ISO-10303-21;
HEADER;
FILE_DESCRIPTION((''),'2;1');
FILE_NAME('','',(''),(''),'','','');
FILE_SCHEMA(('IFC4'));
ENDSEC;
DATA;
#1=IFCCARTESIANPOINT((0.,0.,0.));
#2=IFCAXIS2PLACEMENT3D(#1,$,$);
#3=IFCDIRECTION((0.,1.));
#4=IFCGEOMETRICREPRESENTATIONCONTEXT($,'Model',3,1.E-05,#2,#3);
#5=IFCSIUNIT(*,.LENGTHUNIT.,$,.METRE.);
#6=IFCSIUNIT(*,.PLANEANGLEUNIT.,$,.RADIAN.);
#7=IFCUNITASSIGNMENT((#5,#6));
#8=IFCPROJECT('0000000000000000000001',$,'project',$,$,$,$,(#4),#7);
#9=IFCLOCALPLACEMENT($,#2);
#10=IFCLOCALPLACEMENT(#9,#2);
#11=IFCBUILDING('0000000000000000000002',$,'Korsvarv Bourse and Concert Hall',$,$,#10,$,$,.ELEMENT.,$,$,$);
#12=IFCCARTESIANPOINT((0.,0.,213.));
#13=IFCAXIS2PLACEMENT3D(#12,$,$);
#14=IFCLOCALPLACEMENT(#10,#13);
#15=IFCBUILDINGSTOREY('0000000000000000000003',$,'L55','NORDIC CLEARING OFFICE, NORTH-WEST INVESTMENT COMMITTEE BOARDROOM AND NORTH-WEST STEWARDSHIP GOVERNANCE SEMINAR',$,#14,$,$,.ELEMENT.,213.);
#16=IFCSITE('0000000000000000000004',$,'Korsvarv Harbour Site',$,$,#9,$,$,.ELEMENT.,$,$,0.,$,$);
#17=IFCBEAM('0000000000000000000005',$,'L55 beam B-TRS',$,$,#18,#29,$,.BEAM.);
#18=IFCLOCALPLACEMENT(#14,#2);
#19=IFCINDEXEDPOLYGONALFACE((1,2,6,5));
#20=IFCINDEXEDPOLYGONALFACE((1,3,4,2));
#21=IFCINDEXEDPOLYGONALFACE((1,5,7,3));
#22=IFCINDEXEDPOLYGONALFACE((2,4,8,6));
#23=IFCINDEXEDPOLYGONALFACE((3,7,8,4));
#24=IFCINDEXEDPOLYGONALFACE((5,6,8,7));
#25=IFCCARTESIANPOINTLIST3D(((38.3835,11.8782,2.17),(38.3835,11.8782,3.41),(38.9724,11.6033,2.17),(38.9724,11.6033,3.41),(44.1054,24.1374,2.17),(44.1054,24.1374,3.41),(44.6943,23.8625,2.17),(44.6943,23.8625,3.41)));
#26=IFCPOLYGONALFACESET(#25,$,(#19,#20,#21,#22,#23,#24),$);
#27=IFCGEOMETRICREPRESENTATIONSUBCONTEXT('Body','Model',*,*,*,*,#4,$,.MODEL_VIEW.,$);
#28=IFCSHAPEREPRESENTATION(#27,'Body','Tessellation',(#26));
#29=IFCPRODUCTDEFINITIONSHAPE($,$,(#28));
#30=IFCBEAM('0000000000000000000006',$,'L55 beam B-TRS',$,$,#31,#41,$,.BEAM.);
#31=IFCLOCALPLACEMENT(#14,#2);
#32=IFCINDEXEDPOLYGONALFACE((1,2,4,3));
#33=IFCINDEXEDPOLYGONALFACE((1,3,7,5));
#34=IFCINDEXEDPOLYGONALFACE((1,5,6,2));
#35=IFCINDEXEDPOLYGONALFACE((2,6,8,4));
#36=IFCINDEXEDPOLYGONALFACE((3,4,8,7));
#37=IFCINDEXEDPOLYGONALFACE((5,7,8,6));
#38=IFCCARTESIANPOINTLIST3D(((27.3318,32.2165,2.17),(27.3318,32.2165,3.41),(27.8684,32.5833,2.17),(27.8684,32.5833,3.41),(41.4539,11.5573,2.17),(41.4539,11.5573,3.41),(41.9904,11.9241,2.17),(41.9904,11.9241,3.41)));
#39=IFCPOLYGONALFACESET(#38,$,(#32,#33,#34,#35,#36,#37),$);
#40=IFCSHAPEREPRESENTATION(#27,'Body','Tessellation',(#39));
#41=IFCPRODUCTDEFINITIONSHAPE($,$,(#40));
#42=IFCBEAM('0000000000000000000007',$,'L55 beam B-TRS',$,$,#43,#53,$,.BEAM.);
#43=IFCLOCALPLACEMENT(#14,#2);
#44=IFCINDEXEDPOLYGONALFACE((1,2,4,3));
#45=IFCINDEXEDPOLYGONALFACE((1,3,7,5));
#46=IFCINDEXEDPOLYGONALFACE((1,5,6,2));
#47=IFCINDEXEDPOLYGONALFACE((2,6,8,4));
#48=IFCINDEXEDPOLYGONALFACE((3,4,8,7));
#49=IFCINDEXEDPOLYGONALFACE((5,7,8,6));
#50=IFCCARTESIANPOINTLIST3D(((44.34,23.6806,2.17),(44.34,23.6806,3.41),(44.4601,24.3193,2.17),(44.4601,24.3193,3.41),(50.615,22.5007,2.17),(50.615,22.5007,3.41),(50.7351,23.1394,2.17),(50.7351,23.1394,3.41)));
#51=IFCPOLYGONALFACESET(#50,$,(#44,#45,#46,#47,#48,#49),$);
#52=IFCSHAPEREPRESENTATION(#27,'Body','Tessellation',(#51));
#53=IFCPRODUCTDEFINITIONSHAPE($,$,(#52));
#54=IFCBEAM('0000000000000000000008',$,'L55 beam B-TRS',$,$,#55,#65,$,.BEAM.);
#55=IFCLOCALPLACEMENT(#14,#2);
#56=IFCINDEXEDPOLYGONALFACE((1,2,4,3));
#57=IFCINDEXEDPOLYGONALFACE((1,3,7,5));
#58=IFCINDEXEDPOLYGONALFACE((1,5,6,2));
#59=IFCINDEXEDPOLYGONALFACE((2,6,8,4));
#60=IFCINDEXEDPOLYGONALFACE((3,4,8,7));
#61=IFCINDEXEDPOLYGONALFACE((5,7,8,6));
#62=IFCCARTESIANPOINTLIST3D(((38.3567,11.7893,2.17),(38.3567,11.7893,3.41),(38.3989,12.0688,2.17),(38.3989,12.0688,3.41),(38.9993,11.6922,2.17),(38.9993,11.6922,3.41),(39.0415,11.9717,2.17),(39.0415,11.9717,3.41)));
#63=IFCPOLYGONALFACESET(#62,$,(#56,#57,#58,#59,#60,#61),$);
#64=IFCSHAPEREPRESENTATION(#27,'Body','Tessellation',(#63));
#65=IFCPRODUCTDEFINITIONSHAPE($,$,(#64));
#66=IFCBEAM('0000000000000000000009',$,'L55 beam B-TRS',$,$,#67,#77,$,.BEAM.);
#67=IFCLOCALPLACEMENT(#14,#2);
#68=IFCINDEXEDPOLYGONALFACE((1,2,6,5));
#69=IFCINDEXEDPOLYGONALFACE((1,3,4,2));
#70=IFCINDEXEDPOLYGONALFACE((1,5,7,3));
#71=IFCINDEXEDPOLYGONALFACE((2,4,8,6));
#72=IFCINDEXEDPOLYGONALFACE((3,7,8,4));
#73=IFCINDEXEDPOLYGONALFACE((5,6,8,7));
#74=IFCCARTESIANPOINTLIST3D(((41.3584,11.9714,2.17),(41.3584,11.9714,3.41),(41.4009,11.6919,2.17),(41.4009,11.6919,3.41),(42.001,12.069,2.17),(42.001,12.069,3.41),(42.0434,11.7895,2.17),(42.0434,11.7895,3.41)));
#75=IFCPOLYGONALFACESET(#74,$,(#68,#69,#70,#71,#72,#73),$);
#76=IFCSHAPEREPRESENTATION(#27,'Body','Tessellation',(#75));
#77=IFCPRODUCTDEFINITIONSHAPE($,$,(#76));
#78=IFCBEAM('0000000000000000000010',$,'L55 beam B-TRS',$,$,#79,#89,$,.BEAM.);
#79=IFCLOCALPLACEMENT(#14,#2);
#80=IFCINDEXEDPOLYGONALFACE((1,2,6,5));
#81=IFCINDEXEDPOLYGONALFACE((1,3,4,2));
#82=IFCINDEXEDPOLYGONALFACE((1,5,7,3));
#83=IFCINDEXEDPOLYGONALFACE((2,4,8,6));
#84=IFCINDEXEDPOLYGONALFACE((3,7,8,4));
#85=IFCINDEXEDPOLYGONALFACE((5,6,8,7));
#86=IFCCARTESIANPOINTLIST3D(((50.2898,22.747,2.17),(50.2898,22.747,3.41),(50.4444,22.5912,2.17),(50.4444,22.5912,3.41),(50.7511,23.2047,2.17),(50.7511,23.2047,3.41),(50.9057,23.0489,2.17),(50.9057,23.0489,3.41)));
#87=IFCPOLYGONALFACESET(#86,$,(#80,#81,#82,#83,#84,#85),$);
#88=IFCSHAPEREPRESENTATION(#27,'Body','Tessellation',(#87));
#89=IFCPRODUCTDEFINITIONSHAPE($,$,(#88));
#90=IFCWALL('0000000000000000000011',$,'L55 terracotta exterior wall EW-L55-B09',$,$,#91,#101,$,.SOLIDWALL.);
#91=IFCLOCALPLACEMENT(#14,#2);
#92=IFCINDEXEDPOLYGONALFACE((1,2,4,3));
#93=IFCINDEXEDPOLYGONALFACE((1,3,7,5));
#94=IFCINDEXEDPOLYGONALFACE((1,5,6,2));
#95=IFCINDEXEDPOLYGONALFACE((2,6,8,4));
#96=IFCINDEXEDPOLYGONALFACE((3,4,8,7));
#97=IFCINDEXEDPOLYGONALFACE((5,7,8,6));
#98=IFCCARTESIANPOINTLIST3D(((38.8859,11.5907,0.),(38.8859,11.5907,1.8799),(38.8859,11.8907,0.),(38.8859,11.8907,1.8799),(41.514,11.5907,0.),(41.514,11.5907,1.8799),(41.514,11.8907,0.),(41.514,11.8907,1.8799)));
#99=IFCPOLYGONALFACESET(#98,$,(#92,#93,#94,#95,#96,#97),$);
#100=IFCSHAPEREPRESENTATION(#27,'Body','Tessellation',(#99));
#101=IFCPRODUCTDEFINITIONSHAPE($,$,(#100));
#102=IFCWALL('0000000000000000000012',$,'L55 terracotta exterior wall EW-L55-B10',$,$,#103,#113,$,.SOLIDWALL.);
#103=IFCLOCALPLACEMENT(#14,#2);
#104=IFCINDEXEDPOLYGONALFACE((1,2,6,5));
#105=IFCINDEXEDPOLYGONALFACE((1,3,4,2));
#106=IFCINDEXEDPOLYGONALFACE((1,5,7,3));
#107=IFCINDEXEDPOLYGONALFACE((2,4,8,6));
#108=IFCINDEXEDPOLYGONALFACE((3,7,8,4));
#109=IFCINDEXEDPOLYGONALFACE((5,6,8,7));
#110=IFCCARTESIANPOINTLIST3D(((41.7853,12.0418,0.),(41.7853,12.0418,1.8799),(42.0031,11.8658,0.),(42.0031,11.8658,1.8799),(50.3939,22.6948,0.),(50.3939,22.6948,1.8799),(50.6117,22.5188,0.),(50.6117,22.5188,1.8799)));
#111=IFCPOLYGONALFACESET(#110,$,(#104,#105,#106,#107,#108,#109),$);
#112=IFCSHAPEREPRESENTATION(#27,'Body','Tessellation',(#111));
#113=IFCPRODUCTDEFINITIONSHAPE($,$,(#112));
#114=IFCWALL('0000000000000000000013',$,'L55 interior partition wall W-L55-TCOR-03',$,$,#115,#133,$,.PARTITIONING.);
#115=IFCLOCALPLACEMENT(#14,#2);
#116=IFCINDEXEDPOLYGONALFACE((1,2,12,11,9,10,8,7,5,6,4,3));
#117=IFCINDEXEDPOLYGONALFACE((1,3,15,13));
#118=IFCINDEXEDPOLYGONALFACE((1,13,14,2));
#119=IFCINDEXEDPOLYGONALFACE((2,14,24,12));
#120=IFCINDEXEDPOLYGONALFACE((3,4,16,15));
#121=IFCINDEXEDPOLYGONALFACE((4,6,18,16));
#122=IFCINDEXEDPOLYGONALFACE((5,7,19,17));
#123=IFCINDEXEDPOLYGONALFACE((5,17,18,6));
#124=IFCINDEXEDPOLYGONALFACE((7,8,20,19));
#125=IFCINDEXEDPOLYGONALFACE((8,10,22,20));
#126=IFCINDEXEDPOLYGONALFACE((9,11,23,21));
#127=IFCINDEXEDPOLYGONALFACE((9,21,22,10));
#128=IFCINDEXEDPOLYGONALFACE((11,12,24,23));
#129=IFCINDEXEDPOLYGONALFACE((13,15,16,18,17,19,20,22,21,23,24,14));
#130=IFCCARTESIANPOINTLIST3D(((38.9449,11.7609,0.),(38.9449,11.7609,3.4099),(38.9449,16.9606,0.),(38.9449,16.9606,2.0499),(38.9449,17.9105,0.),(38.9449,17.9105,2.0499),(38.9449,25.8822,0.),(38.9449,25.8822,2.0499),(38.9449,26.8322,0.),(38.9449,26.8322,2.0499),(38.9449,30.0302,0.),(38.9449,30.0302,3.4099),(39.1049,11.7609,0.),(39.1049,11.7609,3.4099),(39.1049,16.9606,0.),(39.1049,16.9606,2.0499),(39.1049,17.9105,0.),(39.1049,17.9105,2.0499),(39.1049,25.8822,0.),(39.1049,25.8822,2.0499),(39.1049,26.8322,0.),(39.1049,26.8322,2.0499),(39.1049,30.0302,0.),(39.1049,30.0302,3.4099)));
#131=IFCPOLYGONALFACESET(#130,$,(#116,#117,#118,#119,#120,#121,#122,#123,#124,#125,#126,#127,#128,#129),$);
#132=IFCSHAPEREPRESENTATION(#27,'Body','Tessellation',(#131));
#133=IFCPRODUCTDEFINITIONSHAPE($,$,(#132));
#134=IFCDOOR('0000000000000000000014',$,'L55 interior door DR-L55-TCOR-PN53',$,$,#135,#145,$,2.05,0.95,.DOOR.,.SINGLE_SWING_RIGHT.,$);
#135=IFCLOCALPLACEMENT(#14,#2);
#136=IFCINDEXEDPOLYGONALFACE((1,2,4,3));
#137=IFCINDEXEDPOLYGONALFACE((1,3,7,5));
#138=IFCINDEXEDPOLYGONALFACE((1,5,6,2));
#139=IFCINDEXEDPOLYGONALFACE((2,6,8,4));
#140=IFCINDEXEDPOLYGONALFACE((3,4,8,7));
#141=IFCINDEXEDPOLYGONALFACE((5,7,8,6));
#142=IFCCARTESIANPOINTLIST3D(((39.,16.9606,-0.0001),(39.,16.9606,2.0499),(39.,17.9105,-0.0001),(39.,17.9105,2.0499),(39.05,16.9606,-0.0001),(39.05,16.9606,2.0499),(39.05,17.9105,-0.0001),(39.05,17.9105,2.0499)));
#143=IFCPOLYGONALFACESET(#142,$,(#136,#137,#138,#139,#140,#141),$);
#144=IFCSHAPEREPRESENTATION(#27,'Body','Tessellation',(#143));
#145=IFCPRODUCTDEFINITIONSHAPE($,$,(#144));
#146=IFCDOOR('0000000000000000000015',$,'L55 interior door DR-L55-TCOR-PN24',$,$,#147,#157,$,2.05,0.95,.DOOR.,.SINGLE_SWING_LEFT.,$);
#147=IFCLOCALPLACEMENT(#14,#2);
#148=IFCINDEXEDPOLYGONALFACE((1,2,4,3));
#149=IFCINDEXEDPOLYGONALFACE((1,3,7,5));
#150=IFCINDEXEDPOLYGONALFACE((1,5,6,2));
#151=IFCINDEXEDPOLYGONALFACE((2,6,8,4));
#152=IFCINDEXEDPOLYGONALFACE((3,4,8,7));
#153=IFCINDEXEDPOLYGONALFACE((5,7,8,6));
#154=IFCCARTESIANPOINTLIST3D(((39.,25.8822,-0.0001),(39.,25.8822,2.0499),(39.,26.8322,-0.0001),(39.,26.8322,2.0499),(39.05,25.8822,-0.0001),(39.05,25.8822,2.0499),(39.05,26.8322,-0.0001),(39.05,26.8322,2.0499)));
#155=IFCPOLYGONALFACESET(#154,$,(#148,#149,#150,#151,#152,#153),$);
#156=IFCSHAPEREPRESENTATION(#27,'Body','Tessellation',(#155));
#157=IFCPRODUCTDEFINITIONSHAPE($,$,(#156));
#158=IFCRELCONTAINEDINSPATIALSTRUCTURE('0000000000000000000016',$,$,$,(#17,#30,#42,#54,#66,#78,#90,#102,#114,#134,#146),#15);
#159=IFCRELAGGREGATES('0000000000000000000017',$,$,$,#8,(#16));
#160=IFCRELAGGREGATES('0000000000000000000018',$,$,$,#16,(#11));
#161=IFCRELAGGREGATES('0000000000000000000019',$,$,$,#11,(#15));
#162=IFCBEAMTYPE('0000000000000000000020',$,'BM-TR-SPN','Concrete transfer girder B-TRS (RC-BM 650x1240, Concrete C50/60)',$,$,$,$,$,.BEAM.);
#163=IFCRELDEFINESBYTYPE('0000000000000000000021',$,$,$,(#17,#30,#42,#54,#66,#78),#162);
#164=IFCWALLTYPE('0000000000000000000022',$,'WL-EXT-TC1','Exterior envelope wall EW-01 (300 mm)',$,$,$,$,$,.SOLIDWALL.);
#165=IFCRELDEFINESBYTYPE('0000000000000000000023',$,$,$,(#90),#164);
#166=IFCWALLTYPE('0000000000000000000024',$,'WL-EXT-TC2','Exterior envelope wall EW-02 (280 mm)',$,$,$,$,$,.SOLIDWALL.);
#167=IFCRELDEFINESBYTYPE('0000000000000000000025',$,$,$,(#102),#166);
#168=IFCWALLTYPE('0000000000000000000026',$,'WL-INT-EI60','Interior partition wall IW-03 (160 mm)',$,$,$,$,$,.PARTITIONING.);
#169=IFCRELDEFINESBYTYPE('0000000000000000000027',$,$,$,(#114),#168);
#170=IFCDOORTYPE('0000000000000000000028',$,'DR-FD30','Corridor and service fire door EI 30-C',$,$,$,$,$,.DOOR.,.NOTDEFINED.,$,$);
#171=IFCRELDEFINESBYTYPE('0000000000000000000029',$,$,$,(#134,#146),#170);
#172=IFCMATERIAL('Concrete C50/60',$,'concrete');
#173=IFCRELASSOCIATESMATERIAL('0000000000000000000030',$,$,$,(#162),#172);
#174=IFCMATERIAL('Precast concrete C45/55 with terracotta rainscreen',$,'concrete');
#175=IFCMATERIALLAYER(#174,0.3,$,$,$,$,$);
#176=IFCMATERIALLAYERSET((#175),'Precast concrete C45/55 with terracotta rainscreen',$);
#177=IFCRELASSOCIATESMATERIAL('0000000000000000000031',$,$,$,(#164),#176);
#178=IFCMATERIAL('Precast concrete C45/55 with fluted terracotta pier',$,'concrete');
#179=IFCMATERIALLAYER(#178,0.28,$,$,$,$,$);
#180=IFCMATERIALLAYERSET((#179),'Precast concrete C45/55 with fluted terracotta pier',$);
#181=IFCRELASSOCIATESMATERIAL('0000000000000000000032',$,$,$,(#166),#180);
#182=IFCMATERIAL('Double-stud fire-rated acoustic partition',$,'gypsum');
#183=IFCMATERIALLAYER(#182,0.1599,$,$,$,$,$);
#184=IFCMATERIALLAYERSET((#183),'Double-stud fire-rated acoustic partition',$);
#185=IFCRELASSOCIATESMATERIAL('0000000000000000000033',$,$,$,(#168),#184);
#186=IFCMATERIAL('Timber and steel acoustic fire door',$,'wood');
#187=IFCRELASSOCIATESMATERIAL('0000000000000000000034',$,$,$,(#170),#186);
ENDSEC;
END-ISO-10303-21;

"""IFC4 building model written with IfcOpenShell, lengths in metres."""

from ifc_helpers import new_model, si_unit, direction, frame, frame_2d, origin, origin_2d, place, context, subcontext, project, spatial, rectangle, extrude, source, transform, mapped, material, layer, layer_set, material_profile, profile_set, type_object, element, fill, save


model = new_model("IFC4")

# Units and contexts
model_context = context("Model", 3, precision=1e-05, world=origin(), true_north=direction((0.0, 1.0)))
body_context = subcontext(model_context, "Body", "Model", "MODEL_VIEW")
ifc_project = project(units=[si_unit("LENGTHUNIT", "METRE"), si_unit("PLANEANGLEUNIT", "RADIAN")], contexts=[model_context])

# Site, building, storey
site_placement = place(None, origin())
site = spatial("IfcSite", under=ifc_project, at=site_placement, Name="Korsvarv Harbour Site", CompositionType="ELEMENT", RefElevation=0.0)
building_placement = place(site_placement, origin())
building = spatial("IfcBuilding", under=site, at=building_placement, Name="Korsvarv Bourse and Concert Hall", CompositionType="ELEMENT")
storey_placement = place(building_placement, frame((0.0, 0.0, 213.0)))
storey = spatial("IfcBuildingStorey", under=building, at=storey_placement, Name="L55", Description="NORDIC CLEARING OFFICE, NORTH-WEST INVESTMENT COMMITTEE BOARDROOM AND NORTH-WEST STEWARDSHIP GOVERNANCE SEMINAR", CompositionType="ELEMENT", Elevation=213.0)

# Beams
ifc_material_1 = material(Name="Concrete C50/60", Category="concrete")
ifc_material_profile_1 = material_profile(ifc_material_1, rectangle(XDim=0.6499, YDim=1.24, at=origin_2d()), Name="RC-BM 650x1240")
ifc_profile_set_1 = profile_set([ifc_material_profile_1], Name="Concrete C50/60")
beam_type_1 = type_object("IfcBeamType", Name="BM-TR-SPN", Description="Concrete transfer girder B-TRS (RC-BM 650x1240, Concrete C50/60)", PredefinedType="BEAM", material=ifc_profile_set_1)
shared_shape_1 = source(origin(), body_context, "Body", "SweptSolid", [
    extrude(rectangle(XDim=0.6499, YDim=1.24, at=origin_2d()), origin(), (0.0, 0.0, 1.0), 13.5288),
])
beam_1_placement = place(storey_placement, frame((38.678, 11.7407, 2.79), z_axis=(0.422942, 0.906157, 0.0), x_axis=(-0.906157, 0.422942, 0.0)))
element("IfcBeam", 1, at=beam_1_placement, inside=storey, type_object=beam_type_1, Name="L55 beam B-TRS", PredefinedType="BEAM", context=body_context, shape_type="MappedRepresentation", body=[
    mapped(shared_shape_1, transform((0.0, 0.0, 0.0), scale=1.0)),
])
shared_shape_2 = source(origin(), body_context, "Body", "SweptSolid", [
    extrude(rectangle(XDim=0.6499, YDim=1.24, at=origin_2d()), origin(), (0.0, 0.0, 1.0), 25.0247),
])
beam_2_placement = place(storey_placement, frame((41.7222, 11.7407, 2.79), z_axis=(-0.564326, 0.825552, 0.0), x_axis=(-0.825552, -0.564326, 0.0)))
element("IfcBeam", 2, at=beam_2_placement, inside=storey, type_object=beam_type_1, Name="L55 beam B-TRS", PredefinedType="BEAM", context=body_context, shape_type="MappedRepresentation", body=[
    mapped(shared_shape_2, transform((0.0, 0.0, 0.0), scale=1.0)),
])
shared_shape_3 = source(origin(), body_context, "Body", "SweptSolid", [
    extrude(rectangle(XDim=0.6499, YDim=1.24, at=origin_2d()), origin(), (0.0, 0.0, 1.0), 6.385),
])
beam_3_placement = place(storey_placement, frame((50.675, 22.8201, 2.79), z_axis=(-0.982777, 0.184794, 0.0), x_axis=(-0.184794, -0.982777, 0.0)))
element("IfcBeam", 3, at=beam_3_placement, inside=storey, type_object=beam_type_1, Name="L55 beam B-TRS", PredefinedType="BEAM", context=body_context, shape_type="MappedRepresentation", body=[
    mapped(shared_shape_3, transform((0.0, 0.0, 0.0), scale=1.0)),
])
shared_shape_4 = source(origin(), body_context, "Body", "SweptSolid", [
    extrude(rectangle(XDim=0.6499, YDim=1.24, at=origin_2d()), origin(), (0.0, 0.0, 1.0), 0.2827),
])
for number, where, z_axis, x_axis, name in (
    (4, (38.678, 11.7407, 2.79), (0.149396, 0.988777, 0.0), (-0.988777, 0.149396, 0.0), "L55 beam B-TRS"),
    (5, (41.7222, 11.7407, 2.79), (-0.15024, 0.98865, 0.0), (-0.98865, -0.15024, 0.0), "L55 beam B-TRS"),
):
    element("IfcBeam", number, at=place(storey_placement, frame(where, z_axis=z_axis, x_axis=x_axis)), inside=storey, type_object=beam_type_1, Name=name, PredefinedType="BEAM", context=body_context, shape_type="MappedRepresentation", body=[
        mapped(shared_shape_4, transform((0.0, 0.0, 0.0), scale=1.0)),
    ])
shared_shape_5 = source(origin(), body_context, "Body", "SweptSolid", [
    extrude(rectangle(XDim=0.6499, YDim=1.24, at=origin_2d()), origin(), (0.0, 0.0, 1.0), 0.2195),
])
beam_4_placement = place(storey_placement, frame((50.675, 22.8201, 2.79), z_axis=(-0.70432, 0.709883, 0.0), x_axis=(-0.709883, -0.70432, 0.0)))
element("IfcBeam", 6, at=beam_4_placement, inside=storey, type_object=beam_type_1, Name="L55 beam B-TRS", PredefinedType="BEAM", context=body_context, shape_type="MappedRepresentation", body=[
    mapped(shared_shape_5, transform((0.0, 0.0, 0.0), scale=1.0)),
])

# Walls
ifc_material_2 = material(Name="Precast concrete C45/55 with terracotta rainscreen", Category="concrete")
ifc_layer_1 = layer(ifc_material_2, 0.3)
ifc_layer_set_1 = layer_set([ifc_layer_1], Name="Precast concrete C45/55 with terracotta rainscreen")
wall_type_1 = type_object("IfcWallType", Name="WL-EXT-TC1", Description="Exterior envelope wall EW-01 (300 mm)", PredefinedType="SOLIDWALL", material=ifc_layer_set_1)
wall_1_placement = place(storey_placement, frame((38.886, 11.7407, 0.0), z_axis=(0.0, 0.0, 1.0), x_axis=(1.0, 0.0, 0.0)))
element("IfcWall", 7, at=wall_1_placement, inside=storey, type_object=wall_type_1, Name="L55 terracotta exterior wall EW-L55-B09", PredefinedType="SOLIDWALL", context=body_context, shape_type="SweptSolid", body=[
    extrude(rectangle(XDim=2.6282, YDim=0.3, at=frame_2d((1.314, 0.0))), origin(), (0.0, 0.0, 1.0), 1.8799),
])
ifc_material_3 = material(Name="Precast concrete C45/55 with fluted terracotta pier", Category="concrete")
ifc_layer_2 = layer(ifc_material_3, 0.28)
ifc_layer_set_2 = layer_set([ifc_layer_2], Name="Precast concrete C45/55 with fluted terracotta pier")
wall_type_2 = type_object("IfcWallType", Name="WL-EXT-TC2", Description="Exterior envelope wall EW-02 (280 mm)", PredefinedType="SOLIDWALL", material=ifc_layer_set_2)
wall_2_placement = place(storey_placement, frame((41.8943, 11.9539, 0.0), z_axis=(0.0, 0.0, 1.0), x_axis=(0.628524, 0.77779, 0.0)))
element("IfcWall", 8, at=wall_2_placement, inside=storey, type_object=wall_type_2, Name="L55 terracotta exterior wall EW-L55-B10", PredefinedType="SOLIDWALL", context=body_context, shape_type="SweptSolid", body=[
    extrude(rectangle(XDim=13.6965, YDim=0.28, at=frame_2d((6.8481, 0.0))), origin(), (0.0, 0.0, 1.0), 1.8799),
])

# Wall, openings, doors
ifc_material_4 = material(Name="Double-stud fire-rated acoustic partition", Category="gypsum")
ifc_layer_3 = layer(ifc_material_4, 0.1599)
ifc_layer_set_3 = layer_set([ifc_layer_3], Name="Double-stud fire-rated acoustic partition")
wall_type_3 = type_object("IfcWallType", Name="WL-INT-EI60", Description="Interior partition wall IW-03 (160 mm)", PredefinedType="PARTITIONING", material=ifc_layer_set_3)
wall_3_placement = place(storey_placement, frame((39.0249, 11.7607, 0.0), z_axis=(0.0, 0.0, 1.0), x_axis=(0.0, 1.0, 0.0)))
wall_3 = element("IfcWall", 9, at=wall_3_placement, inside=storey, type_object=wall_type_3, Name="L55 interior partition wall W-L55-TCOR-03", PredefinedType="PARTITIONING", context=body_context, shape_type="SweptSolid", body=[
    extrude(rectangle(XDim=18.2693, YDim=0.1599, at=frame_2d((9.1348, 0.0))), origin(), (0.0, 0.0, 1.0), 3.4099),
])
opening_1_placement = place(wall_3_placement, frame((5.1997, 0.0, 0.0)))
opening_1 = element("IfcOpeningElement", 10, at=opening_1_placement, cuts=wall_3, PredefinedType="OPENING", context=body_context, shape_type="SweptSolid", body=[
    extrude(rectangle(XDim=0.95, YDim=2.05, at=frame_2d((0.4751, 1.0249))), frame((0.0, 0.0898, 0.0), z_axis=(0.0, -1.0, 0.0), x_axis=(1.0, 0.0, 0.0)), (0.0, 0.0, 1.0), 0.1799),
])
opening_2_placement = place(wall_3_placement, frame((14.1213, 0.0, 0.0)))
opening_2 = element("IfcOpeningElement", 11, at=opening_2_placement, cuts=wall_3, PredefinedType="OPENING", context=body_context, shape_type="SweptSolid", body=[
    extrude(rectangle(XDim=0.95, YDim=2.05, at=frame_2d((0.4751, 1.0249))), frame((0.0, 0.0898, 0.0), z_axis=(0.0, -1.0, 0.0), x_axis=(1.0, 0.0, 0.0)), (0.0, 0.0, 1.0), 0.1799),
])
ifc_material_5 = material(Name="Timber and steel acoustic fire door", Category="wood")
door_type_1 = type_object("IfcDoorType", Name="DR-FD30", Description="Corridor and service fire door EI 30-C", OperationType="NOTDEFINED", PredefinedType="DOOR", material=ifc_material_5)
door_1_placement = place(opening_1_placement, origin())
door_1 = element("IfcDoor", 12, at=door_1_placement, inside=storey, type_object=door_type_1, Name="L55 interior door DR-L55-TCOR-PN53", OperationType="SINGLE_SWING_RIGHT", OverallHeight=2.05, OverallWidth=0.95, PredefinedType="DOOR", context=body_context, shape_type="SweptSolid", body=[
    extrude(rectangle(XDim=0.95, YDim=2.05, at=frame_2d((0.4751, 1.0249))), frame((0.0, 0.0249, 0.0), z_axis=(0.0, -1.0, 0.0), x_axis=(1.0, 0.0, 0.0)), (0.0, 0.0, 1.0), 0.05),
])
fill(opening_1, door_1)
door_2_placement = place(opening_2_placement, origin())
door_2 = element("IfcDoor", 13, at=door_2_placement, inside=storey, type_object=door_type_1, Name="L55 interior door DR-L55-TCOR-PN24", OperationType="SINGLE_SWING_LEFT", OverallHeight=2.05, OverallWidth=0.95, PredefinedType="DOOR", context=body_context, shape_type="SweptSolid", body=[
    extrude(rectangle(XDim=0.95, YDim=2.05, at=frame_2d((0.4751, 1.0249))), frame((0.0, 0.0249, 0.0), z_axis=(0.0, -1.0, 0.0), x_axis=(1.0, 0.0, 0.0)), (0.0, 0.0, 1.0), 0.05),
])
fill(opening_2, door_2)

save(model, "model.ifc")
